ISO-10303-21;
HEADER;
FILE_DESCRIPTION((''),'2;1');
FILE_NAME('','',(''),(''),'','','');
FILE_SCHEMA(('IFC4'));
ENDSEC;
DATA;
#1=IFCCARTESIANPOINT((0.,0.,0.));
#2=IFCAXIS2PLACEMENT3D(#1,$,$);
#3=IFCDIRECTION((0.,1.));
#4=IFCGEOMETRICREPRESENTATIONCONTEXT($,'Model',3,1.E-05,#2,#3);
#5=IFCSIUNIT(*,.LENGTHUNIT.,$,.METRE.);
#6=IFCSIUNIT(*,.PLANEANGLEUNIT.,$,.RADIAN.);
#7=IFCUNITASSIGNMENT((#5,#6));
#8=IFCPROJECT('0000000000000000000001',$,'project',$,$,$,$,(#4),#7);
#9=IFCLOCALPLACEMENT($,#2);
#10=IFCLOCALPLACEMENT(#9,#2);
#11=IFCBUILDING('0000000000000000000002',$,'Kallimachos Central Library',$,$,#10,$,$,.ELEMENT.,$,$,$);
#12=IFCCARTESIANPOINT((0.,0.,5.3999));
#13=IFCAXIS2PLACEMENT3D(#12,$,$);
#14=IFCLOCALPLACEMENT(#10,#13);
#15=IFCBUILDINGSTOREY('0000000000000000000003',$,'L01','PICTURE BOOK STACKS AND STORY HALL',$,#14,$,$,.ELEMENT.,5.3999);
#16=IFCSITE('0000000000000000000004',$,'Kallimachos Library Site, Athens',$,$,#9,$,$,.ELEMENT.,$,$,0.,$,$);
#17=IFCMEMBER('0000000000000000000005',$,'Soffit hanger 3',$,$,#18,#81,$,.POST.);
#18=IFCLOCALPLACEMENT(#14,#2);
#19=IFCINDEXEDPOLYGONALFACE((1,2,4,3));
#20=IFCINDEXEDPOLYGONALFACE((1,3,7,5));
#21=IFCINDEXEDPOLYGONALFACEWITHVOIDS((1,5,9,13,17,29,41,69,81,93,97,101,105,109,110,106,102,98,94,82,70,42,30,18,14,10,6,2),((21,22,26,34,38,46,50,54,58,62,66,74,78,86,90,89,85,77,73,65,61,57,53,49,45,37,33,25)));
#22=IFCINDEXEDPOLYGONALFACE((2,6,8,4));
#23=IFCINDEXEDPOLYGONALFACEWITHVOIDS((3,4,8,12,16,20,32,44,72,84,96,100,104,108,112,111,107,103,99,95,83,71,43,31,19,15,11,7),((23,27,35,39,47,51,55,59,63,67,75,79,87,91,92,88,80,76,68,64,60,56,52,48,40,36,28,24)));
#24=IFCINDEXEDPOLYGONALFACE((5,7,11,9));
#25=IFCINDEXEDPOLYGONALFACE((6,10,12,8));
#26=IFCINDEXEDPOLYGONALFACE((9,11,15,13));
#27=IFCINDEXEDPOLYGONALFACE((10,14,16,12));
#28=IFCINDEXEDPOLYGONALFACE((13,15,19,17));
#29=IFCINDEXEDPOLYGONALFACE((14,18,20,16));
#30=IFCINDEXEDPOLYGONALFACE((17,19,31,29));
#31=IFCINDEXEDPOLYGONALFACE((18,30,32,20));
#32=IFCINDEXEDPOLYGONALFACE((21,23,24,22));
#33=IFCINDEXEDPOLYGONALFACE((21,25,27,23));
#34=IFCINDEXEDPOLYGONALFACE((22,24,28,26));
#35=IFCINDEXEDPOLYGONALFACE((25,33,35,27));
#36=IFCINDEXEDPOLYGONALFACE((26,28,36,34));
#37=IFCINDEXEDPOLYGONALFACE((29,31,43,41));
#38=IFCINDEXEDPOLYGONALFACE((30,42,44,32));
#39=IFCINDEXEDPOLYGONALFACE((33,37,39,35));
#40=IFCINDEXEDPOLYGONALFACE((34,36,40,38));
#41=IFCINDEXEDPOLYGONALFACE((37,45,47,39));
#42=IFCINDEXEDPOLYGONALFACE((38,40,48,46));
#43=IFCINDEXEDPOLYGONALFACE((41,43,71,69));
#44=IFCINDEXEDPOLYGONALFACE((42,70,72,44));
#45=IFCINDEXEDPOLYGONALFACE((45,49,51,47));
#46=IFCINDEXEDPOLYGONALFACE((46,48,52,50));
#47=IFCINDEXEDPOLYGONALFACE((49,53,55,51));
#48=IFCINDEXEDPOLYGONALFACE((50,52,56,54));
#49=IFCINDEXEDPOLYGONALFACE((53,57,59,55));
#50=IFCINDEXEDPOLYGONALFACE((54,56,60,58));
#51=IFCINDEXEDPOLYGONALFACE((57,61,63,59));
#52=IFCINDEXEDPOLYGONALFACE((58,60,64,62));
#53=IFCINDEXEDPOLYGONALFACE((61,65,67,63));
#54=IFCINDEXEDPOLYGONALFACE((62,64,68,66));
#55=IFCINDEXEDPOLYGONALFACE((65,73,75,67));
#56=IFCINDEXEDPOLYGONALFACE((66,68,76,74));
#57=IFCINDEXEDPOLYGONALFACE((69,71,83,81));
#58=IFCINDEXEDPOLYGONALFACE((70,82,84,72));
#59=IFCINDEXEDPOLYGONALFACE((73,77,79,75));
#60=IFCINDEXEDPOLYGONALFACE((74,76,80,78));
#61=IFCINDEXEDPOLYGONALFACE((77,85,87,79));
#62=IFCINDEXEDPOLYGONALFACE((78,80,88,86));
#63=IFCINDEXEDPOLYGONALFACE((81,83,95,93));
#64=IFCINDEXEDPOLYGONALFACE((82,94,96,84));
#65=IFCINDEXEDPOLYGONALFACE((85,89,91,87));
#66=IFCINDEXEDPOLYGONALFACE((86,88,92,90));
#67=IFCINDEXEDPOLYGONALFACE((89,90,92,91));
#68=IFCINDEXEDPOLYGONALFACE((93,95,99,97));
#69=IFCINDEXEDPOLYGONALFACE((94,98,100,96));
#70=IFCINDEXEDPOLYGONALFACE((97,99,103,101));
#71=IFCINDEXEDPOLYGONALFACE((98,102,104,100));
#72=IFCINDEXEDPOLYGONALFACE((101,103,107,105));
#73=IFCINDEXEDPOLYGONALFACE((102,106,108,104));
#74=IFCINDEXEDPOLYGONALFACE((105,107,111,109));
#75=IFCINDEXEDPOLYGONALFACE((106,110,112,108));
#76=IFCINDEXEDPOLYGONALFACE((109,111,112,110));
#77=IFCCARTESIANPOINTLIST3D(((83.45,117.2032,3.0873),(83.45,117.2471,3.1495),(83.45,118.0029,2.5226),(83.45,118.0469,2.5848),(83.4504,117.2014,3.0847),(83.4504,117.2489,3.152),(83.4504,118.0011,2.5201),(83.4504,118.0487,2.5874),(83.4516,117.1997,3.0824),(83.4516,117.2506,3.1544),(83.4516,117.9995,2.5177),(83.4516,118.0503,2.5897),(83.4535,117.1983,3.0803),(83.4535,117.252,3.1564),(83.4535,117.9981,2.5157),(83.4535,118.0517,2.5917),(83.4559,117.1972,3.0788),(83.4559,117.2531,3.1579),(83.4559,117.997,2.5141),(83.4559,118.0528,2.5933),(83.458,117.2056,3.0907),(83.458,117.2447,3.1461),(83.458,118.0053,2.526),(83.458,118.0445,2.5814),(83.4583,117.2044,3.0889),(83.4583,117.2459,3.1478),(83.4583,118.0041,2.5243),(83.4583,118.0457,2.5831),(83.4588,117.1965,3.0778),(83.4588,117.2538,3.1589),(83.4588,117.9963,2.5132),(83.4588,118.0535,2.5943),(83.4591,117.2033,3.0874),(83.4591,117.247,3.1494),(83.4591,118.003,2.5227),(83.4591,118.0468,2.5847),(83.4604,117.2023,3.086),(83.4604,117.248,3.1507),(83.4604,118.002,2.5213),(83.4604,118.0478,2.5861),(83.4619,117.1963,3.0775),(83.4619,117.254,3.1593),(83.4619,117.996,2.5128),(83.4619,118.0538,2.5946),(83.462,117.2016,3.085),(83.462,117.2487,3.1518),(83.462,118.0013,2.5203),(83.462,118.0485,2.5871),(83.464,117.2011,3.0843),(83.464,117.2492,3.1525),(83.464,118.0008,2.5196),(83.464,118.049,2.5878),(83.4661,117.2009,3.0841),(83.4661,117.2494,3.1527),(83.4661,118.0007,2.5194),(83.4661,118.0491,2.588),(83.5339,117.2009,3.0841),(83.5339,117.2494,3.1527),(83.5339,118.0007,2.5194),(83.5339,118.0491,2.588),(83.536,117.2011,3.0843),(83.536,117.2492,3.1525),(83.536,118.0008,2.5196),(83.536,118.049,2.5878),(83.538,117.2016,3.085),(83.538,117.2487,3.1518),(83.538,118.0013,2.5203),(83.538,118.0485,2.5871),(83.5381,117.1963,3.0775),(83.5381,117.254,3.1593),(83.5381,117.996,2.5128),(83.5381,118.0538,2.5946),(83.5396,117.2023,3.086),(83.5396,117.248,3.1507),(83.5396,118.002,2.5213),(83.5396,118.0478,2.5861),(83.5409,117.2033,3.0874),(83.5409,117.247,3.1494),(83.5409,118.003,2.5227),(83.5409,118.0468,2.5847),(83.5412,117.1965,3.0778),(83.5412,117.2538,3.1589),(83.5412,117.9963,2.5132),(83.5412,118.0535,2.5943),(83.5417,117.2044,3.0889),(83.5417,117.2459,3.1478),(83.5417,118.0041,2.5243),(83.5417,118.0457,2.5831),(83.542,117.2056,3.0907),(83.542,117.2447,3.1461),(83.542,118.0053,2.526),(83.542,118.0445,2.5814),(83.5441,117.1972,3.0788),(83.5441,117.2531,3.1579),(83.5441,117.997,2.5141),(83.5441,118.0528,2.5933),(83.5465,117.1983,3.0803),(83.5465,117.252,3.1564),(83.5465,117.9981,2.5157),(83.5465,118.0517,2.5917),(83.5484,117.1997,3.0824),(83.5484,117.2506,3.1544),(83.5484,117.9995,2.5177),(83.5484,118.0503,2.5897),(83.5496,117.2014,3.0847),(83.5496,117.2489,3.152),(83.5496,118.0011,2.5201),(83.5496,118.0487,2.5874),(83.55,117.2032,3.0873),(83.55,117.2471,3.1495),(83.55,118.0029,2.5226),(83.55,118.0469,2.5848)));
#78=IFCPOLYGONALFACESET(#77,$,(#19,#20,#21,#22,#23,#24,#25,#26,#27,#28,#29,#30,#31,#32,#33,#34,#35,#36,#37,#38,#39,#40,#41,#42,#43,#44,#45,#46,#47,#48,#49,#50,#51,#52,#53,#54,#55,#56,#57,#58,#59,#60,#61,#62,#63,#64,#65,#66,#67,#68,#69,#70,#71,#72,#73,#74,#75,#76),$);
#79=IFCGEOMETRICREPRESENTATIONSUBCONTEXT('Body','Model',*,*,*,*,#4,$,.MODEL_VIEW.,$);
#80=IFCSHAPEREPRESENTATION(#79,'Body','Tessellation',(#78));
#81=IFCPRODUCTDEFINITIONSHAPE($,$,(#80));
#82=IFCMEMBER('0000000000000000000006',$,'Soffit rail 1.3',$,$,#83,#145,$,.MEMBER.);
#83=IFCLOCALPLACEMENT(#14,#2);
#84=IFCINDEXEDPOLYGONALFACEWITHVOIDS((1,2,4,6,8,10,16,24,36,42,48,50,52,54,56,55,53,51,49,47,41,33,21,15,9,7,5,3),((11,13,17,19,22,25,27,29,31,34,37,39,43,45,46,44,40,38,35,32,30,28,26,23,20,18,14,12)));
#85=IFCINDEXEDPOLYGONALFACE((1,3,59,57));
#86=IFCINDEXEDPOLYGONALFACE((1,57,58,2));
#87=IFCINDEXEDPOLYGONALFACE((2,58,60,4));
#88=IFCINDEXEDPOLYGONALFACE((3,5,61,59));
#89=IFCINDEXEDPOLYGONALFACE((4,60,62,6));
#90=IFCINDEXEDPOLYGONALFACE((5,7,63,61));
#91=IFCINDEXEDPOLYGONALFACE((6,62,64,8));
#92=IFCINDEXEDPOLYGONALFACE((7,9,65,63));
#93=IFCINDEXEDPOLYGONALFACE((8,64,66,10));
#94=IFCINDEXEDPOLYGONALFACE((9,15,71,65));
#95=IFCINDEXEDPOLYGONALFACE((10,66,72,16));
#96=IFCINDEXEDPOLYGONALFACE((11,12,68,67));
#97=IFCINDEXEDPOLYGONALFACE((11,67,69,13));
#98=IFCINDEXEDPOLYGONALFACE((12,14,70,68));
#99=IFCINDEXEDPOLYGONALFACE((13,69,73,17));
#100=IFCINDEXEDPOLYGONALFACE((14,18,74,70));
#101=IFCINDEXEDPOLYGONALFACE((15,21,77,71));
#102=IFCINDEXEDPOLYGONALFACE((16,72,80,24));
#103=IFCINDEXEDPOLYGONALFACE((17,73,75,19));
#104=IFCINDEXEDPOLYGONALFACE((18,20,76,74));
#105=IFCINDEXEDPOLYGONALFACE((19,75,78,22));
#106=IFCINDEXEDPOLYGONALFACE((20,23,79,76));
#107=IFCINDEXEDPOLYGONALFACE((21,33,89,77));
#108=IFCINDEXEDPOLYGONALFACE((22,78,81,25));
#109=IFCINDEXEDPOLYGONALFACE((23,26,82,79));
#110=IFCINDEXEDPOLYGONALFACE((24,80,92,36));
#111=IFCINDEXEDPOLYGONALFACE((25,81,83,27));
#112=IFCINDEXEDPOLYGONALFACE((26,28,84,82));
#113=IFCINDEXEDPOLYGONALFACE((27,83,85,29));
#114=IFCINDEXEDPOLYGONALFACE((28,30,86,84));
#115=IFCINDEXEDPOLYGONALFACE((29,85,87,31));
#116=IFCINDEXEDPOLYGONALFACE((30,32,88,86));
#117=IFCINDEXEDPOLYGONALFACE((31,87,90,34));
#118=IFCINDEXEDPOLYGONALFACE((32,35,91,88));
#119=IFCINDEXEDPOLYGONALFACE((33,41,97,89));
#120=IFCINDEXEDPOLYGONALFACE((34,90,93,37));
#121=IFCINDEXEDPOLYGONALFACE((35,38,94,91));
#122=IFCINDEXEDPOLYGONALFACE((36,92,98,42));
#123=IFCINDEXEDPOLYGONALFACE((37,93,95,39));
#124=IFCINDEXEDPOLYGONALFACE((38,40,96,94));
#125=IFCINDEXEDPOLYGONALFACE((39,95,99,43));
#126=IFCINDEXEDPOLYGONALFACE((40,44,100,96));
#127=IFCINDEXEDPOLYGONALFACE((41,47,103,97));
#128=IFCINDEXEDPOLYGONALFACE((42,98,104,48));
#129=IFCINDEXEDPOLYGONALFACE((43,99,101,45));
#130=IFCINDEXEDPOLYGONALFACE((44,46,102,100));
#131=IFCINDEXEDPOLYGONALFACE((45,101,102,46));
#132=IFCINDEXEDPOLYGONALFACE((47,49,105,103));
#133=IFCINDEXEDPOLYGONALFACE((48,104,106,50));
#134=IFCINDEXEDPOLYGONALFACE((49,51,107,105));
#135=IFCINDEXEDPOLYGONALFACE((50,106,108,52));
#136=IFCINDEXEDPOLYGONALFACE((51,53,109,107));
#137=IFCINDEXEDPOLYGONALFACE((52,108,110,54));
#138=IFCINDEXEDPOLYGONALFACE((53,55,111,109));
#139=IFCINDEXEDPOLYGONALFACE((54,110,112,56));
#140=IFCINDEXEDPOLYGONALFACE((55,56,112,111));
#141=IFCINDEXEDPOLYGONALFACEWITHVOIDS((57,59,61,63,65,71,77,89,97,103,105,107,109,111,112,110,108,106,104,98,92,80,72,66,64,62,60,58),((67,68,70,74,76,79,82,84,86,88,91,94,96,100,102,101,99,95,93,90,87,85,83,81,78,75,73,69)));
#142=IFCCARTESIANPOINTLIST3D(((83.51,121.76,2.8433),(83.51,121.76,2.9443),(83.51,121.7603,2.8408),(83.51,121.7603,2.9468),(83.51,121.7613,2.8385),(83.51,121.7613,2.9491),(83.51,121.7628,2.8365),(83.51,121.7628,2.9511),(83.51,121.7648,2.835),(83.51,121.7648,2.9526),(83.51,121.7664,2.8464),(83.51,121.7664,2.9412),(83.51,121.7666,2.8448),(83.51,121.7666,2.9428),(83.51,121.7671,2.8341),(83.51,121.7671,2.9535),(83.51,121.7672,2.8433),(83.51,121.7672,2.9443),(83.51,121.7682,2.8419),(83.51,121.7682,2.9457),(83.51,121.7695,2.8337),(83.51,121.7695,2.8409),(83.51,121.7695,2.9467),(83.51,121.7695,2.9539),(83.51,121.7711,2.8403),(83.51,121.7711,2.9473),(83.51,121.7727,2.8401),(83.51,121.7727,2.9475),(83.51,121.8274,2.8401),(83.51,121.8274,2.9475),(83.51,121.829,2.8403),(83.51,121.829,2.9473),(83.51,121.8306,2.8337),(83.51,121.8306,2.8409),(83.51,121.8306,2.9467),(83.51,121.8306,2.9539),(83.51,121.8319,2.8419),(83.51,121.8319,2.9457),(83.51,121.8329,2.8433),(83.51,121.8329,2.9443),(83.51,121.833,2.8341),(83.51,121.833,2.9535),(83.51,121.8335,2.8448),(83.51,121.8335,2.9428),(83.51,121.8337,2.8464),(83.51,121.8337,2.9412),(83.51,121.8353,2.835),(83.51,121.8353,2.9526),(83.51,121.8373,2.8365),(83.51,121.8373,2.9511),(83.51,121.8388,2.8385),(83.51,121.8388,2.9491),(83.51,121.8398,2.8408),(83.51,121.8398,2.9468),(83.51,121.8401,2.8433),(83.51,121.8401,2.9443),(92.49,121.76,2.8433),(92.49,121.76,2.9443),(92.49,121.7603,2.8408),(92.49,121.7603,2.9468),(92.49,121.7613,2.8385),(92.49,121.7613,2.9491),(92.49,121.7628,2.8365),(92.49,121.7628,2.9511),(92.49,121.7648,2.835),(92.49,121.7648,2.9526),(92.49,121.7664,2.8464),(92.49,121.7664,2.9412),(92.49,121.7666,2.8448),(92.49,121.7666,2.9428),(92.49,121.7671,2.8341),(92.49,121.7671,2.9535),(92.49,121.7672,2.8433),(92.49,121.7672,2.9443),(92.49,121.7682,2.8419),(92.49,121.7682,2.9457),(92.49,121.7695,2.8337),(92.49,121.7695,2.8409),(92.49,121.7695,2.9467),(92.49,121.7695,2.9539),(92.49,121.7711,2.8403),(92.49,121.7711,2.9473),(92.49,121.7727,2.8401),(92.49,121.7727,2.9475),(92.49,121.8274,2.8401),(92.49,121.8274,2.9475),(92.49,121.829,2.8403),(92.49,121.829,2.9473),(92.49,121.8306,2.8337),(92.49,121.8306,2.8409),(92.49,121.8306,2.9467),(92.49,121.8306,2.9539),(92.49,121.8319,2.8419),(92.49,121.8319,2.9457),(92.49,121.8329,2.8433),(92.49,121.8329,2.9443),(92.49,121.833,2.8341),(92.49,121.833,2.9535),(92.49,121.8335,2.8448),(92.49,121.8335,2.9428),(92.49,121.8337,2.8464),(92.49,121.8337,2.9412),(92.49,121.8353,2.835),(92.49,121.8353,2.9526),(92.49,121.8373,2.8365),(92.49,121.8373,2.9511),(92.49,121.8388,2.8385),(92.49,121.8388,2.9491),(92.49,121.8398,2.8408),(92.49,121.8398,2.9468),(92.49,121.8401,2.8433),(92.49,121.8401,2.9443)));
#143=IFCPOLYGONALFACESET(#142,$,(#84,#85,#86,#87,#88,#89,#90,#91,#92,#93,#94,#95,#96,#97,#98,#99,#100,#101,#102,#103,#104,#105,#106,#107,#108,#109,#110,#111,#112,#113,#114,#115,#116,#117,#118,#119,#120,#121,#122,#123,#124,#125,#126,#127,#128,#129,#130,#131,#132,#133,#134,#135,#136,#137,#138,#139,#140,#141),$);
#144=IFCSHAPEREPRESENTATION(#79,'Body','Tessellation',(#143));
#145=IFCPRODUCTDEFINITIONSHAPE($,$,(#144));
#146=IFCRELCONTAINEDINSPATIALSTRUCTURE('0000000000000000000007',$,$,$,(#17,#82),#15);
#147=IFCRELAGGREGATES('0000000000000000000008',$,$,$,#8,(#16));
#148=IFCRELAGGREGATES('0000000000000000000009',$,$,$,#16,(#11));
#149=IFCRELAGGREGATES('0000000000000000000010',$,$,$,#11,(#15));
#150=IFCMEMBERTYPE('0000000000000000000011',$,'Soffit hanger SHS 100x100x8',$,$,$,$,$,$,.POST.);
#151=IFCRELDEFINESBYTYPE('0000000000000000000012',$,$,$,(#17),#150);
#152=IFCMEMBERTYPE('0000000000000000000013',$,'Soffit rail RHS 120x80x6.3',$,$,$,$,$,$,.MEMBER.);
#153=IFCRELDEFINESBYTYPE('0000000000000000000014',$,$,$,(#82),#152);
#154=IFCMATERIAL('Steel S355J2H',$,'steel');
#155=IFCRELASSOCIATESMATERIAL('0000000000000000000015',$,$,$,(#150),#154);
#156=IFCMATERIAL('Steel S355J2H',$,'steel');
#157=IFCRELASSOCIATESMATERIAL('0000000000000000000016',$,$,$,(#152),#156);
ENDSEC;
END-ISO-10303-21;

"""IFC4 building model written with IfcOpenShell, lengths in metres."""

from ifc_helpers import new_model, si_unit, direction, frame, origin, origin_2d, place, context, subcontext, project, spatial, hollow_rectangle, extrude, material, material_profile, profile_set, type_object, element, save


model = new_model("IFC4")

# Units and contexts
model_context = context("Model", 3, precision=1e-05, world=origin(), true_north=direction((0.0, 1.0)))
body_context = subcontext(model_context, "Body", "Model", "MODEL_VIEW")
ifc_project = project(units=[si_unit("LENGTHUNIT", "METRE"), si_unit("PLANEANGLEUNIT", "RADIAN")], contexts=[model_context])

# Site, building, storey
site_placement = place(None, origin())
site = spatial("IfcSite", under=ifc_project, at=site_placement, Name="Kallimachos Library Site, Athens", CompositionType="ELEMENT", RefElevation=0.0)
building_placement = place(site_placement, origin())
building = spatial("IfcBuilding", under=site, at=building_placement, Name="Kallimachos Central Library", CompositionType="ELEMENT")
storey_placement = place(building_placement, frame((0.0, 0.0, 5.3999)))
storey = spatial("IfcBuildingStorey", under=building, at=storey_placement, Name="L01", Description="PICTURE BOOK STACKS AND STORY HALL", CompositionType="ELEMENT", Elevation=5.3999)

# Members
ifc_material_1 = material(Name="Steel S355J2H", Category="steel")
ifc_material_profile_1 = material_profile(ifc_material_1, hollow_rectangle(XDim=0.1001, YDim=0.1001, WallThickness=0.0081, InnerFilletRadius=0.0081, OuterFilletRadius=0.012, at=origin_2d()), Name="SHS 100x100x8")
ifc_profile_set_1 = profile_set([ifc_material_profile_1], Name="Steel S355J2H")
member_type_1 = type_object("IfcMemberType", Name="Soffit hanger SHS 100x100x8", PredefinedType="POST", material=ifc_profile_set_1)
member_1_placement = place(storey_placement, frame((83.5, 118.0249, 2.5537), z_axis=(0.0, -0.816906, 0.576771), x_axis=(1.0, 0.0, 0.0)))
element("IfcMember", 1, at=member_1_placement, inside=storey, type_object=member_type_1, Name="Soffit hanger 3", PredefinedType="POST", context=body_context, shape_type="SweptSolid", body=[
    extrude(hollow_rectangle(XDim=0.1001, YDim=0.1001, WallThickness=0.0081, InnerFilletRadius=0.0081, OuterFilletRadius=0.012, at=origin_2d()), origin(), (0.0, 0.0, 1.0), 0.979),
])
ifc_material_2 = material(Name="Steel S355J2H", Category="steel")
ifc_material_profile_2 = material_profile(ifc_material_2, hollow_rectangle(XDim=0.0801, YDim=0.1201, WallThickness=0.0063, InnerFilletRadius=0.0063, OuterFilletRadius=0.0095, at=origin_2d()), Name="RHS 120x80x6.3")
ifc_profile_set_2 = profile_set([ifc_material_profile_2], Name="Steel S355J2H")
member_type_2 = type_object("IfcMemberType", Name="Soffit rail RHS 120x80x6.3", PredefinedType="MEMBER", material=ifc_profile_set_2)
for number, where, z_axis, x_axis, name in (
    (2, (83.51, 121.8, 2.8938), (1.0, 0.0, 0.0), (0.0, 1.0, 0.0), "Soffit rail 1.3"),
):
    element("IfcMember", number, at=place(storey_placement, frame(where, z_axis=z_axis, x_axis=x_axis)), inside=storey, type_object=member_type_2, Name=name, PredefinedType="MEMBER", context=body_context, shape_type="SweptSolid", body=[
        extrude(hollow_rectangle(XDim=0.0801, YDim=0.1201, WallThickness=0.0063, InnerFilletRadius=0.0063, OuterFilletRadius=0.0095, at=origin_2d()), origin(), (0.0, 0.0, 1.0), 8.98),
    ])

save(model, "model.ifc")
